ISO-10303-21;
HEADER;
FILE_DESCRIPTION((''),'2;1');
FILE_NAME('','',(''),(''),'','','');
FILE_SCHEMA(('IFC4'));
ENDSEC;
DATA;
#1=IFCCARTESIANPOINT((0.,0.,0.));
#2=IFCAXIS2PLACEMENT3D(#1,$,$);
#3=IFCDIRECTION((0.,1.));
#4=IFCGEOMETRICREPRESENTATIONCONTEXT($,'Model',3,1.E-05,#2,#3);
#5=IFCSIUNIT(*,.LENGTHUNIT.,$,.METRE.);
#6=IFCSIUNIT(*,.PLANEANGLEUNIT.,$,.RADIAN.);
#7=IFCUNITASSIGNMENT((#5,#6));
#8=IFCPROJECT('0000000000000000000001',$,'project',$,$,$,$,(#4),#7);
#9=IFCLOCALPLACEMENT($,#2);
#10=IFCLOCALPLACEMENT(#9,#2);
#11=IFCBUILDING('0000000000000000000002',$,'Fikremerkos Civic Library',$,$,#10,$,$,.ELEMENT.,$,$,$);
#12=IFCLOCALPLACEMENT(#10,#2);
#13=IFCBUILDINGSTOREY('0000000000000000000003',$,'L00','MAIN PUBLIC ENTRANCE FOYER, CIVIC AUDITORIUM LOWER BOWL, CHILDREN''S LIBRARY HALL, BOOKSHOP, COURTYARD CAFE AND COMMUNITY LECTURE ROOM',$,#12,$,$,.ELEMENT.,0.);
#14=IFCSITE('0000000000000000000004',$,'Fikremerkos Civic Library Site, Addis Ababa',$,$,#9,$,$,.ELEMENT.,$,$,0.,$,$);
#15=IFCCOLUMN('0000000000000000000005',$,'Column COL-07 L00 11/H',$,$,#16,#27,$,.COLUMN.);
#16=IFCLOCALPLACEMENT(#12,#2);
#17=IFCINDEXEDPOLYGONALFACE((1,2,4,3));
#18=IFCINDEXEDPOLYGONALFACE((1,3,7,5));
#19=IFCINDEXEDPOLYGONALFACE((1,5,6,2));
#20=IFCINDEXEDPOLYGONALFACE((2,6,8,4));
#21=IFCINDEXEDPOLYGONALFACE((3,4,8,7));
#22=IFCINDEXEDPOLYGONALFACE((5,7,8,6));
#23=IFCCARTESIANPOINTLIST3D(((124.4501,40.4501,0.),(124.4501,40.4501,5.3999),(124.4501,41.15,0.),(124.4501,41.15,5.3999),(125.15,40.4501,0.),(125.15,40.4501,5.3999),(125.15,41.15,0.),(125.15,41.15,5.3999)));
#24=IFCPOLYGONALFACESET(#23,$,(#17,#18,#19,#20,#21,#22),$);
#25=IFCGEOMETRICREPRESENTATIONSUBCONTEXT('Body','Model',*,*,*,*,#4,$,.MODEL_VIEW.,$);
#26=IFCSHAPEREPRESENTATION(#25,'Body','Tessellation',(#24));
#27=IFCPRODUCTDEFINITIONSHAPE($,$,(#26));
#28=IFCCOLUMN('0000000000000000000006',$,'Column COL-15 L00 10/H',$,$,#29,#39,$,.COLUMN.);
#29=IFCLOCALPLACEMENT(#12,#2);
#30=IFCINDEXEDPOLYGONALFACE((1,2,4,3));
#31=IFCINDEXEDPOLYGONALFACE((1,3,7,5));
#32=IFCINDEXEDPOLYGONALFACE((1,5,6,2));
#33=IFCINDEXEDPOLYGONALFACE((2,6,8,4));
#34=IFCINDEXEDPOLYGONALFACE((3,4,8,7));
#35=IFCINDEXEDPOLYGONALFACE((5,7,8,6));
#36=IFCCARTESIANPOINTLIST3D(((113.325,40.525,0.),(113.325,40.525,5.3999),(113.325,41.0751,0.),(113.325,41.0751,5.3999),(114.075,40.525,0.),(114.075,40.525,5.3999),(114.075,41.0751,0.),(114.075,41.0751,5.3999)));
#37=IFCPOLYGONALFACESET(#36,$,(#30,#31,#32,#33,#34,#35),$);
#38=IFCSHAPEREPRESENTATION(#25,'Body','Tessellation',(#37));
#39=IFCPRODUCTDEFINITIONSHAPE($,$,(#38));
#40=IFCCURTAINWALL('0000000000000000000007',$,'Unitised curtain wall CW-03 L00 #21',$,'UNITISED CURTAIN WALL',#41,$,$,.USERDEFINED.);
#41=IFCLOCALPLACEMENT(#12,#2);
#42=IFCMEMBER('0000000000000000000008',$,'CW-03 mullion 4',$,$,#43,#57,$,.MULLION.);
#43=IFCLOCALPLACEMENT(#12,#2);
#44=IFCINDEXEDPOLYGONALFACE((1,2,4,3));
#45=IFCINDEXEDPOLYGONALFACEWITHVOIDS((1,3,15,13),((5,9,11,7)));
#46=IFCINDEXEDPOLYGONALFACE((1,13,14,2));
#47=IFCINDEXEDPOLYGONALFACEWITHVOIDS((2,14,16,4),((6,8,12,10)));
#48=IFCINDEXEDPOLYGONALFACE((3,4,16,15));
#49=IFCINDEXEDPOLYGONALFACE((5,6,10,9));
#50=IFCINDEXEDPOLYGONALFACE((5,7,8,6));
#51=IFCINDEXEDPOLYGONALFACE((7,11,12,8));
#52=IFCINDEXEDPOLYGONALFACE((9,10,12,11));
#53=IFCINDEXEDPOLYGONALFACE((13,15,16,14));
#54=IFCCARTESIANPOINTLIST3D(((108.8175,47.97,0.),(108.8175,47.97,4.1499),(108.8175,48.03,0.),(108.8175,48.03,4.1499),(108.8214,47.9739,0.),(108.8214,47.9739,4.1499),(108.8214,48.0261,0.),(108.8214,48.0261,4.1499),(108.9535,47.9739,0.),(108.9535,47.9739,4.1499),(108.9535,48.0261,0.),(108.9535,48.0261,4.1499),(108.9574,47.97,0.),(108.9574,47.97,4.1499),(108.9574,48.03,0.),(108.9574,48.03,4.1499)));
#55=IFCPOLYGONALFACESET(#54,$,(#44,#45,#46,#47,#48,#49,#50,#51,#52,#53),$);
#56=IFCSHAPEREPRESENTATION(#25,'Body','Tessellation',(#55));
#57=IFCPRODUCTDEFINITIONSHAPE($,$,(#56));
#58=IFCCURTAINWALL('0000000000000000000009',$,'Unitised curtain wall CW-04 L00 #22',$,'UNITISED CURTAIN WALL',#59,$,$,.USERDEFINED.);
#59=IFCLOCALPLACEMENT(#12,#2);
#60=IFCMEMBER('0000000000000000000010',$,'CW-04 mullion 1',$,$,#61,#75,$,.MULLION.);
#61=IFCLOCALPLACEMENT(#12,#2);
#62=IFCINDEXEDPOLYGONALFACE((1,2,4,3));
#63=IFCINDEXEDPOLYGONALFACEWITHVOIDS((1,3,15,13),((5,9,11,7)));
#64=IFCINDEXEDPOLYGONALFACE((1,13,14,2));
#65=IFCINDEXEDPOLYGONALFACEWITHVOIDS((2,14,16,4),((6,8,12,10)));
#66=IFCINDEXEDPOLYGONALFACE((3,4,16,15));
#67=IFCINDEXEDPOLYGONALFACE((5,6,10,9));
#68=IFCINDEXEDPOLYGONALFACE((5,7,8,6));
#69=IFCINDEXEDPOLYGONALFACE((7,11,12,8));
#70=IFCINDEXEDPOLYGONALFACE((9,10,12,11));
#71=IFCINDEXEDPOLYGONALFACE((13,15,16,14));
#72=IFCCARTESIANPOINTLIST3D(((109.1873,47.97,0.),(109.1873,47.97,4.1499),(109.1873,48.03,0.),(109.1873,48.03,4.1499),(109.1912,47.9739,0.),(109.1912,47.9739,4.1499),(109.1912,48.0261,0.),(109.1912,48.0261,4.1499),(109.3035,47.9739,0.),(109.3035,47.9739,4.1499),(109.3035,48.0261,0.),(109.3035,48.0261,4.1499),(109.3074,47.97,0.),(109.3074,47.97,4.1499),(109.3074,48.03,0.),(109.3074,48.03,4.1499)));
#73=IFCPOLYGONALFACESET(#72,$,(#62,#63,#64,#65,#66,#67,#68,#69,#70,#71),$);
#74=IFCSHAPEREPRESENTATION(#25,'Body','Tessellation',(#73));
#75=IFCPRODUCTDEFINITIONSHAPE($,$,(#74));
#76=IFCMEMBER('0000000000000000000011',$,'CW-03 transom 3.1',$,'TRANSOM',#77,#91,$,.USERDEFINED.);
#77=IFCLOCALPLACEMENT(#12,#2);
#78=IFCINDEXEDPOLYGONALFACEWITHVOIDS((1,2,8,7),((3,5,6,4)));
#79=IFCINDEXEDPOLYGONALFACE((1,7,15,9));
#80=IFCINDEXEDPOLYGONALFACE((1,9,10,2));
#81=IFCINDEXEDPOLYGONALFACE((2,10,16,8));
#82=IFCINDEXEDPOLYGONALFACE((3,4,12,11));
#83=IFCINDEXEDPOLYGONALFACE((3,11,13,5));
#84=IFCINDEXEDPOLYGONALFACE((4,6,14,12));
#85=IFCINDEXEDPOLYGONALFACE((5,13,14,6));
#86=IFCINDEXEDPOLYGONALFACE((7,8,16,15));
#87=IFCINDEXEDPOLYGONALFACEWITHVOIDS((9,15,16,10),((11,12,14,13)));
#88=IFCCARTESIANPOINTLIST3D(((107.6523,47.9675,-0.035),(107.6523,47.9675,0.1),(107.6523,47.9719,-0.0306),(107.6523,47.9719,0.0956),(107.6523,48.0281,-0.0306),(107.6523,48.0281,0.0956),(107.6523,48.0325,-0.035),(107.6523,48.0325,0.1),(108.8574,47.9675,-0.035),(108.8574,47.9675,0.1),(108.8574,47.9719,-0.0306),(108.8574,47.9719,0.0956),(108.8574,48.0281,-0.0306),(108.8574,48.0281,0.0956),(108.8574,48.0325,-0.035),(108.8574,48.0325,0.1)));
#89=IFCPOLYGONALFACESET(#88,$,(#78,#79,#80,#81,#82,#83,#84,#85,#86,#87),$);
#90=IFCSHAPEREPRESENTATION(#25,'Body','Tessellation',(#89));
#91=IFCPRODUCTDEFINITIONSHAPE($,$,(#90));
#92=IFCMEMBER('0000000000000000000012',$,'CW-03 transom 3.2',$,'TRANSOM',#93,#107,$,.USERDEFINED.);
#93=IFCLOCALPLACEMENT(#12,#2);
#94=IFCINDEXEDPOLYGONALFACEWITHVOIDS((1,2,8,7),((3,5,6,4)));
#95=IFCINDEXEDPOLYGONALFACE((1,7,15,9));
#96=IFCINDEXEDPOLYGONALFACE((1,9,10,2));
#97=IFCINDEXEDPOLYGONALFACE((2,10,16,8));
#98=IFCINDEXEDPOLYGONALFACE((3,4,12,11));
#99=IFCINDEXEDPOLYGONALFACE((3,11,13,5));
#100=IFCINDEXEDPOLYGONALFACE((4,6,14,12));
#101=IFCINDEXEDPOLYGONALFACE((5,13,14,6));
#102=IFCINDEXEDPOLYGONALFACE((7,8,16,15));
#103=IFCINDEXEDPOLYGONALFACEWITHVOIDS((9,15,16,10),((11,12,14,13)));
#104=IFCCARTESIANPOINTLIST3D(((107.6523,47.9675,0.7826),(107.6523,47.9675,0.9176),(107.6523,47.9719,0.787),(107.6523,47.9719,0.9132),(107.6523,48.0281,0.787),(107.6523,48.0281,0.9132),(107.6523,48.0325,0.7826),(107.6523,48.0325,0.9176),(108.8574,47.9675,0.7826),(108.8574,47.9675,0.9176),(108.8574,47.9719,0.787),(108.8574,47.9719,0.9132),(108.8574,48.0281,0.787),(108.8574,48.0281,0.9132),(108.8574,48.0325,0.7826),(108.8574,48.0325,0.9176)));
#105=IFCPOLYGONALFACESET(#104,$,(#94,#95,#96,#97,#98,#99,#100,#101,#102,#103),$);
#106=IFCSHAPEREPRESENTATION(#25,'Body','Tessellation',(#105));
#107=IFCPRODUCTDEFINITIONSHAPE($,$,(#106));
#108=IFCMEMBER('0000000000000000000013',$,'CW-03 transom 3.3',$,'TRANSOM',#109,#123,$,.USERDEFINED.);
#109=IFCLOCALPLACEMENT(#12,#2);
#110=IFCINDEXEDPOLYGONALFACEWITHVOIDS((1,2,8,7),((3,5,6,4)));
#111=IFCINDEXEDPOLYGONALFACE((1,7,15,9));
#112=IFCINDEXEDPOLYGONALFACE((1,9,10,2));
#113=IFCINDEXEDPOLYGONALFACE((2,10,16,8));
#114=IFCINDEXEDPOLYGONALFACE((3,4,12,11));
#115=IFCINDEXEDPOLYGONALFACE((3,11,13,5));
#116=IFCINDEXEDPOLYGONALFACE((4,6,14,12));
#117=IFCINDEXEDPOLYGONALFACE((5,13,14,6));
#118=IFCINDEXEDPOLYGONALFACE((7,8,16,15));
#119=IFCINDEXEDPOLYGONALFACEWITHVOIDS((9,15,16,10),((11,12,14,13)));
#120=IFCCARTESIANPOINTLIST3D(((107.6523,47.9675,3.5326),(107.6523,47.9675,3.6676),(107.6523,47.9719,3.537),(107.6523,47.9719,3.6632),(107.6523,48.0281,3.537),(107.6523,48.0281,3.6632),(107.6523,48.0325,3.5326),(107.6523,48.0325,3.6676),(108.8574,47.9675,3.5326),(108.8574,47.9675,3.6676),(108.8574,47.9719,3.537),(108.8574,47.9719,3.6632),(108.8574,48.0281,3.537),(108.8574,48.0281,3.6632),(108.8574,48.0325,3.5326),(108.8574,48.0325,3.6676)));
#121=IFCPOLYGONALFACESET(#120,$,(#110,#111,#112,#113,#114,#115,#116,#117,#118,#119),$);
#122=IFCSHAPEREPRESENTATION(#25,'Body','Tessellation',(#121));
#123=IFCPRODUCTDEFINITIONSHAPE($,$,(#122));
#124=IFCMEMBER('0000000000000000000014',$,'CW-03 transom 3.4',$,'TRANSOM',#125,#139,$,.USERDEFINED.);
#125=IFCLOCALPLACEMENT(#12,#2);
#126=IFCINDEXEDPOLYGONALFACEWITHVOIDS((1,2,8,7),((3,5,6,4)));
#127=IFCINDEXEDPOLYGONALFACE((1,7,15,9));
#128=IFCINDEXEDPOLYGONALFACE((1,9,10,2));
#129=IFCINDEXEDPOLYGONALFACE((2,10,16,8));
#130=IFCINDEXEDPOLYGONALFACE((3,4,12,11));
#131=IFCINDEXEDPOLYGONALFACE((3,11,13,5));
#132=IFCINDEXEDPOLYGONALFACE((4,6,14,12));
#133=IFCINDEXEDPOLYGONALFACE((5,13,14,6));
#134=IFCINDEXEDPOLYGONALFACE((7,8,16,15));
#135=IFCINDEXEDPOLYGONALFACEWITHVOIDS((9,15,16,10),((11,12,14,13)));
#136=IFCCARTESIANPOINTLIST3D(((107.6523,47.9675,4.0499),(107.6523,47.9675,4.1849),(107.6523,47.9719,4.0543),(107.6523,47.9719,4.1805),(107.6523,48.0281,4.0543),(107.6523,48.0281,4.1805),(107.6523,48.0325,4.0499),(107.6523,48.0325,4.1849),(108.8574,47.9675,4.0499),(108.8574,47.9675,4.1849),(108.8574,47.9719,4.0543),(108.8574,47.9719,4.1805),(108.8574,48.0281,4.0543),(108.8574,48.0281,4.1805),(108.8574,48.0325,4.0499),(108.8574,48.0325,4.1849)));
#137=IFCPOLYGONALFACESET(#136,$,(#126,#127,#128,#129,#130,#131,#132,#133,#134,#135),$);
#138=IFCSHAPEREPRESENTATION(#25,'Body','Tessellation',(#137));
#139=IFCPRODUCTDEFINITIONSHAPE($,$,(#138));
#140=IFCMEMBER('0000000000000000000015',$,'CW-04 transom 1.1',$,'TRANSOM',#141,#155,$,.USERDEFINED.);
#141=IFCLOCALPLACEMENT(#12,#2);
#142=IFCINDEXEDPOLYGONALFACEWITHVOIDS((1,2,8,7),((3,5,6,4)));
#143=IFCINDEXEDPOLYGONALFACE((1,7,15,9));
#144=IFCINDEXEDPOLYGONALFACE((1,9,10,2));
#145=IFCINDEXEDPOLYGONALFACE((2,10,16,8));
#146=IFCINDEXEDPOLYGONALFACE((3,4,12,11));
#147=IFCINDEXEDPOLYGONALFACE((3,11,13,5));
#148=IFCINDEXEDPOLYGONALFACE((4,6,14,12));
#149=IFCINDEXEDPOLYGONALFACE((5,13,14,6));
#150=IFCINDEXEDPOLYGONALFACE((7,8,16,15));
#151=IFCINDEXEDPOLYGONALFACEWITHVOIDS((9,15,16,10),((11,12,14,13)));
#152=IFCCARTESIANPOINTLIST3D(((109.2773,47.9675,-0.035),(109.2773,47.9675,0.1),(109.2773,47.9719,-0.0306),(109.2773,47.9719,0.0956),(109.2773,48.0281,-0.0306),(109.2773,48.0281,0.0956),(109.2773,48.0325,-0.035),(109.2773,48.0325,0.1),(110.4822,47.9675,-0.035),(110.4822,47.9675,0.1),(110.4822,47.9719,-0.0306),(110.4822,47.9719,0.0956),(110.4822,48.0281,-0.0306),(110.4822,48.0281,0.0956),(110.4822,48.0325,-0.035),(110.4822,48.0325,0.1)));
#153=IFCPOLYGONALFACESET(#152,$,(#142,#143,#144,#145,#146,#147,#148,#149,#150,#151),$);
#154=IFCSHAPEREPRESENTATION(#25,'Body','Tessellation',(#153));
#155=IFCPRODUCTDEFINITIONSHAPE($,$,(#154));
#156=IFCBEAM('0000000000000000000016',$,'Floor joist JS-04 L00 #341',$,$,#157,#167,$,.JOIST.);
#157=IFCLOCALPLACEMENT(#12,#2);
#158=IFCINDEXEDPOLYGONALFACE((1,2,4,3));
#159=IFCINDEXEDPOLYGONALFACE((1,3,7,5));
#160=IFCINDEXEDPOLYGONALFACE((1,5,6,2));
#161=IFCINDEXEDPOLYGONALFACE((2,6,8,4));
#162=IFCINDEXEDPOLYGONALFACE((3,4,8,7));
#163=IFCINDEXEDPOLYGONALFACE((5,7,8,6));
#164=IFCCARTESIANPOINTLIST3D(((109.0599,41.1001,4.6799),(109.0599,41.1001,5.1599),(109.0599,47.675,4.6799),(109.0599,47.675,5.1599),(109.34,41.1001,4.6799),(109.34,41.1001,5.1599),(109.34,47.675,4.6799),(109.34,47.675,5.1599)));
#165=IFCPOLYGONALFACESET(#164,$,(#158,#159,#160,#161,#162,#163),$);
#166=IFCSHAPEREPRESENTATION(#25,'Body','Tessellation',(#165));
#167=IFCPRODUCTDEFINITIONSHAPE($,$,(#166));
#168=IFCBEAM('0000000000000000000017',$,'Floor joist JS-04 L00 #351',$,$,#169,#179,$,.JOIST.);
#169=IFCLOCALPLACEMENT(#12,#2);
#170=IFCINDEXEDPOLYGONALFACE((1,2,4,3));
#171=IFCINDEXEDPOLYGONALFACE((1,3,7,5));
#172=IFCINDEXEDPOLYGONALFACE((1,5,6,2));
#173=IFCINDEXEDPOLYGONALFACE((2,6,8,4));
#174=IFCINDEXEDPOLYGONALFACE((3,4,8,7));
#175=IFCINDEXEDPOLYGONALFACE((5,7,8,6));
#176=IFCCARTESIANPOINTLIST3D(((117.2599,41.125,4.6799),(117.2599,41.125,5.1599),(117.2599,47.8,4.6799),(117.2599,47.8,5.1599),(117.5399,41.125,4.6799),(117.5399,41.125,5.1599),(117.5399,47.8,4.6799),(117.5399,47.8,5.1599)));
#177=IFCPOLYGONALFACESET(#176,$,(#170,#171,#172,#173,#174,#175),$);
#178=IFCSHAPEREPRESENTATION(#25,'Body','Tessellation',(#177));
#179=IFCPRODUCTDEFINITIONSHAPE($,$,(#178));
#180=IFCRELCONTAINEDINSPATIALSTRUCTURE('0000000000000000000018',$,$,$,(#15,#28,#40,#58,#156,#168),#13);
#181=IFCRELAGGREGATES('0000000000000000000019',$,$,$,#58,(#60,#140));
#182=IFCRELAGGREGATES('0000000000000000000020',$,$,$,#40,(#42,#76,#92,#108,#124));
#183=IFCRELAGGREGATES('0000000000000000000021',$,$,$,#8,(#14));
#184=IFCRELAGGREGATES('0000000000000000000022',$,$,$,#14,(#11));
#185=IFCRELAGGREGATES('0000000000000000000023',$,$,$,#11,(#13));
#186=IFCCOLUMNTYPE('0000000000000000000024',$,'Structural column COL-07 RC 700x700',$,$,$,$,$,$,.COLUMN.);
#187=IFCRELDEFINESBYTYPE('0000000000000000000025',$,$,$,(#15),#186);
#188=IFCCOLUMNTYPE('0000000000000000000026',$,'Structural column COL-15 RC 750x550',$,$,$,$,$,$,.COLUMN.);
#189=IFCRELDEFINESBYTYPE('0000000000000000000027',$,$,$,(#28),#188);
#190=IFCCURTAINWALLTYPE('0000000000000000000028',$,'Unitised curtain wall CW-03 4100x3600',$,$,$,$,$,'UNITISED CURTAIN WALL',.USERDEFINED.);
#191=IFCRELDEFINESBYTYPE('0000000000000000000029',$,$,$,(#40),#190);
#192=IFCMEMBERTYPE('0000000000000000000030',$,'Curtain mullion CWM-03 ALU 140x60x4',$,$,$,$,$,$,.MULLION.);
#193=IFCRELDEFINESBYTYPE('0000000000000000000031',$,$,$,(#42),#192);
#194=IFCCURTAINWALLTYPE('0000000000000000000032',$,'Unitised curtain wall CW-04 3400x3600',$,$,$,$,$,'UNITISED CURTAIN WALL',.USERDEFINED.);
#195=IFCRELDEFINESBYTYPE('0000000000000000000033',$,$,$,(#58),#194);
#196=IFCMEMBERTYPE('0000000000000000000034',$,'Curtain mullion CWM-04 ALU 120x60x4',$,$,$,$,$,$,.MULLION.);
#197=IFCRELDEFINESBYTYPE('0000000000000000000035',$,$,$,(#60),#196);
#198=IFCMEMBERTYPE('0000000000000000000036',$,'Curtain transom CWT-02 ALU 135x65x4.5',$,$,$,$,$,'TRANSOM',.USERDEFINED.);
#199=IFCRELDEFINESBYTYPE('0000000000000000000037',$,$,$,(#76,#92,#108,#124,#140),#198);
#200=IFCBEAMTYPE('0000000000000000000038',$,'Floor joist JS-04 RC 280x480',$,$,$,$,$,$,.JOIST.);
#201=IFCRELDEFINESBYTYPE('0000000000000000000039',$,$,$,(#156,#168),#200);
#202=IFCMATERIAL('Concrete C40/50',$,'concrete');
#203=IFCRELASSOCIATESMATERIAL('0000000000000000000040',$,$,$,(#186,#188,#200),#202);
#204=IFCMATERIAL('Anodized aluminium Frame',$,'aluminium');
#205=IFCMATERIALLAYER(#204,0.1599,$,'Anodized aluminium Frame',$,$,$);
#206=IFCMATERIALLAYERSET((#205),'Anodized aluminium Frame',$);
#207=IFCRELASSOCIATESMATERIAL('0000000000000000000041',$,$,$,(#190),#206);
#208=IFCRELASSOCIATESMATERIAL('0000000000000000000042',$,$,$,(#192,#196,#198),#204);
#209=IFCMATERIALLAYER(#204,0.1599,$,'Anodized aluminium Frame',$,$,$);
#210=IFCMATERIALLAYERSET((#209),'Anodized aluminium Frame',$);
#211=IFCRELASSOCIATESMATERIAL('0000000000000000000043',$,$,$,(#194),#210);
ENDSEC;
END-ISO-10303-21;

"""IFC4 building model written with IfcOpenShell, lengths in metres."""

from ifc_helpers import new_model, si_unit, direction, frame, origin, origin_2d, place, context, subcontext, project, spatial, rectangle, hollow_rectangle, extrude, material, layer, layer_set, material_profile, profile_set, type_object, element, aggregate, save


model = new_model("IFC4")

# Units and contexts
model_context = context("Model", 3, precision=1e-05, world=origin(), true_north=direction((0.0, 1.0)))
body_context = subcontext(model_context, "Body", "Model", "MODEL_VIEW")
ifc_project = project(units=[si_unit("LENGTHUNIT", "METRE"), si_unit("PLANEANGLEUNIT", "RADIAN")], contexts=[model_context])

# Site, building, storey
site_placement = place(None, origin())
site = spatial("IfcSite", under=ifc_project, at=site_placement, Name="Fikremerkos Civic Library Site, Addis Ababa", CompositionType="ELEMENT", RefElevation=0.0)
building_placement = place(site_placement, origin())
building = spatial("IfcBuilding", under=site, at=building_placement, Name="Fikremerkos Civic Library", CompositionType="ELEMENT")
storey_placement = place(building_placement, origin())
storey = spatial("IfcBuildingStorey", under=building, at=storey_placement, Name="L00", Description="MAIN PUBLIC ENTRANCE FOYER, CIVIC AUDITORIUM LOWER BOWL, CHILDREN'S LIBRARY HALL, BOOKSHOP, COURTYARD CAFE AND COMMUNITY LECTURE ROOM", CompositionType="ELEMENT", Elevation=0.0)

# Columns
ifc_material_1 = material(Name="Concrete C40/50", Category="concrete")
ifc_material_profile_1 = material_profile(ifc_material_1, rectangle(XDim=0.7, YDim=0.7, at=origin_2d()), Name="RC 700x700")
ifc_profile_set_1 = profile_set([ifc_material_profile_1], Name="Concrete C40/50")
column_type_1 = type_object("IfcColumnType", Name="Structural column COL-07 RC 700x700", PredefinedType="COLUMN", material=ifc_profile_set_1)
column_1_placement = place(storey_placement, frame((124.8, 40.8, 0.0), z_axis=(0.0, 0.0, 1.0), x_axis=(1.0, 0.0, 0.0)))
element("IfcColumn", 1, at=column_1_placement, inside=storey, type_object=column_type_1, Name="Column COL-07 L00 11/H", PredefinedType="COLUMN", context=body_context, shape_type="SweptSolid", body=[
    extrude(rectangle(XDim=0.7, YDim=0.7, at=origin_2d()), origin(), (0.0, 0.0, 1.0), 5.3999),
])
ifc_material_profile_2 = material_profile(ifc_material_1, rectangle(XDim=0.75, YDim=0.55, at=origin_2d()), Name="RC 750x550")
ifc_profile_set_2 = profile_set([ifc_material_profile_2], Name="Concrete C40/50")
column_type_2 = type_object("IfcColumnType", Name="Structural column COL-15 RC 750x550", PredefinedType="COLUMN", material=ifc_profile_set_2)
column_2_placement = place(storey_placement, frame((113.7, 40.8, 0.0), z_axis=(0.0, 0.0, 1.0), x_axis=(1.0, 0.0, 0.0)))
element("IfcColumn", 2, at=column_2_placement, inside=storey, type_object=column_type_2, Name="Column COL-15 L00 10/H", PredefinedType="COLUMN", context=body_context, shape_type="SweptSolid", body=[
    extrude(rectangle(XDim=0.75, YDim=0.55, at=origin_2d()), origin(), (0.0, 0.0, 1.0), 5.3999),
])

# Curtain walls, members
ifc_material_2 = material(Name="Anodized aluminium Frame", Category="aluminium")
ifc_layer_1 = layer(ifc_material_2, 0.1599, Name="Anodized aluminium Frame")
ifc_layer_set_1 = layer_set([ifc_layer_1], Name="Anodized aluminium Frame")
curtain_wall_type_1 = type_object("IfcCurtainWallType", Name="Unitised curtain wall CW-03 4100x3600", ElementType="UNITISED CURTAIN WALL", PredefinedType="USERDEFINED", material=ifc_layer_set_1)
curtain_wall_1_placement = place(storey_placement, origin())
curtain_wall_1 = element("IfcCurtainWall", 3, at=curtain_wall_1_placement, inside=storey, type_object=curtain_wall_type_1, Name="Unitised curtain wall CW-03 L00 #21", ObjectType="UNITISED CURTAIN WALL", PredefinedType="USERDEFINED")
ifc_material_profile_3 = material_profile(ifc_material_2, hollow_rectangle(XDim=0.0601, YDim=0.1399, WallThickness=0.0039, at=origin_2d()), Name="ALU 140x60x4")
ifc_profile_set_3 = profile_set([ifc_material_profile_3], Name="Anodized aluminium Frame")
member_type_1 = type_object("IfcMemberType", Name="Curtain mullion CWM-03 ALU 140x60x4", PredefinedType="MULLION", material=ifc_profile_set_3)
member_1_placement = place(storey_placement, frame((108.8875, 48.0, 0.0), z_axis=(0.0, 0.0, 1.0), x_axis=(0.0, 1.0, 0.0)))
member_1 = element("IfcMember", 4, at=member_1_placement, type_object=member_type_1, Name="CW-03 mullion 4", PredefinedType="MULLION", context=body_context, shape_type="SweptSolid", body=[
    extrude(hollow_rectangle(XDim=0.0601, YDim=0.1399, WallThickness=0.0039, at=origin_2d()), origin(), (0.0, 0.0, 1.0), 4.1499),
])
ifc_layer_2 = layer(ifc_material_2, 0.1599, Name="Anodized aluminium Frame")
ifc_layer_set_2 = layer_set([ifc_layer_2], Name="Anodized aluminium Frame")
curtain_wall_type_2 = type_object("IfcCurtainWallType", Name="Unitised curtain wall CW-04 3400x3600", ElementType="UNITISED CURTAIN WALL", PredefinedType="USERDEFINED", material=ifc_layer_set_2)
curtain_wall_2_placement = place(storey_placement, origin())
curtain_wall_2 = element("IfcCurtainWall", 5, at=curtain_wall_2_placement, inside=storey, type_object=curtain_wall_type_2, Name="Unitised curtain wall CW-04 L00 #22", ObjectType="UNITISED CURTAIN WALL", PredefinedType="USERDEFINED")
ifc_material_profile_4 = material_profile(ifc_material_2, hollow_rectangle(XDim=0.0601, YDim=0.1201, WallThickness=0.0039, at=origin_2d()), Name="ALU 120x60x4")
ifc_profile_set_4 = profile_set([ifc_material_profile_4], Name="Anodized aluminium Frame")
member_type_2 = type_object("IfcMemberType", Name="Curtain mullion CWM-04 ALU 120x60x4", PredefinedType="MULLION", material=ifc_profile_set_4)
member_2_placement = place(storey_placement, frame((109.2473, 48.0, 0.0), z_axis=(0.0, 0.0, 1.0), x_axis=(0.0, 1.0, 0.0)))
member_2 = element("IfcMember", 6, at=member_2_placement, type_object=member_type_2, Name="CW-04 mullion 1", PredefinedType="MULLION", context=body_context, shape_type="SweptSolid", body=[
    extrude(hollow_rectangle(XDim=0.0601, YDim=0.1201, WallThickness=0.0039, at=origin_2d()), origin(), (0.0, 0.0, 1.0), 4.1499),
])

# Members
ifc_material_profile_5 = material_profile(ifc_material_2, hollow_rectangle(XDim=0.0649, YDim=0.135, WallThickness=0.0044, at=origin_2d()), Name="ALU 135x65x4.5")
ifc_profile_set_5 = profile_set([ifc_material_profile_5], Name="Anodized aluminium Frame")
member_type_3 = type_object("IfcMemberType", Name="Curtain transom CWT-02 ALU 135x65x4.5", ElementType="TRANSOM", PredefinedType="USERDEFINED", material=ifc_profile_set_5)
member_3_placement = place(storey_placement, frame((107.6523, 48.0, 0.0325), z_axis=(1.0, 0.0, 0.0), x_axis=(0.0, 1.0, 0.0)))
member_3 = element("IfcMember", 7, at=member_3_placement, type_object=member_type_3, Name="CW-03 transom 3.1", ObjectType="TRANSOM", PredefinedType="USERDEFINED", context=body_context, shape_type="SweptSolid", body=[
    extrude(hollow_rectangle(XDim=0.0649, YDim=0.135, WallThickness=0.0044, at=origin_2d()), origin(), (0.0, 0.0, 1.0), 1.2051),
])
member_4_placement = place(storey_placement, frame((107.6523, 48.0, 0.8501), z_axis=(1.0, 0.0, 0.0), x_axis=(0.0, 1.0, 0.0)))
member_4 = element("IfcMember", 8, at=member_4_placement, type_object=member_type_3, Name="CW-03 transom 3.2", ObjectType="TRANSOM", PredefinedType="USERDEFINED", context=body_context, shape_type="SweptSolid", body=[
    extrude(hollow_rectangle(XDim=0.0649, YDim=0.135, WallThickness=0.0044, at=origin_2d()), origin(), (0.0, 0.0, 1.0), 1.2051),
])
member_5_placement = place(storey_placement, frame((107.6523, 48.0, 3.6001), z_axis=(1.0, 0.0, 0.0), x_axis=(0.0, 1.0, 0.0)))
member_5 = element("IfcMember", 9, at=member_5_placement, type_object=member_type_3, Name="CW-03 transom 3.3", ObjectType="TRANSOM", PredefinedType="USERDEFINED", context=body_context, shape_type="SweptSolid", body=[
    extrude(hollow_rectangle(XDim=0.0649, YDim=0.135, WallThickness=0.0044, at=origin_2d()), origin(), (0.0, 0.0, 1.0), 1.2051),
])
member_6_placement = place(storey_placement, frame((107.6523, 48.0, 4.1174), z_axis=(1.0, 0.0, 0.0), x_axis=(0.0, 1.0, 0.0)))
member_6 = element("IfcMember", 10, at=member_6_placement, type_object=member_type_3, Name="CW-03 transom 3.4", ObjectType="TRANSOM", PredefinedType="USERDEFINED", context=body_context, shape_type="SweptSolid", body=[
    extrude(hollow_rectangle(XDim=0.0649, YDim=0.135, WallThickness=0.0044, at=origin_2d()), origin(), (0.0, 0.0, 1.0), 1.2051),
])
member_7_placement = place(storey_placement, frame((109.2773, 48.0, 0.0325), z_axis=(1.0, 0.0, 0.0), x_axis=(0.0, 1.0, 0.0)))
member_7 = element("IfcMember", 11, at=member_7_placement, type_object=member_type_3, Name="CW-04 transom 1.1", ObjectType="TRANSOM", PredefinedType="USERDEFINED", context=body_context, shape_type="SweptSolid", body=[
    extrude(hollow_rectangle(XDim=0.0649, YDim=0.135, WallThickness=0.0044, at=origin_2d()), origin(), (0.0, 0.0, 1.0), 1.2048),
])
aggregate(curtain_wall_2, [member_2, member_7])

# Beams
ifc_material_profile_6 = material_profile(ifc_material_1, rectangle(XDim=0.28, YDim=0.48, at=origin_2d()), Name="RC 280x480")
ifc_profile_set_6 = profile_set([ifc_material_profile_6], Name="Concrete C40/50")
beam_type_1 = type_object("IfcBeamType", Name="Floor joist JS-04 RC 280x480", PredefinedType="JOIST", material=ifc_profile_set_6)
beam_1_placement = place(storey_placement, frame((109.2, 41.1001, 4.9199), z_axis=(0.0, 1.0, 0.0), x_axis=(-1.0, 0.0, 0.0)))
element("IfcBeam", 12, at=beam_1_placement, inside=storey, type_object=beam_type_1, Name="Floor joist JS-04 L00 #341", PredefinedType="JOIST", context=body_context, shape_type="SweptSolid", body=[
    extrude(rectangle(XDim=0.28, YDim=0.48, at=origin_2d()), origin(), (0.0, 0.0, 1.0), 6.575),
])
for number, where, z_axis, x_axis, name in (
    (13, (117.3999, 41.125, 4.9199), (0.0, 1.0, 0.0), (-1.0, 0.0, 0.0), "Floor joist JS-04 L00 #351"),
):
    element("IfcBeam", number, at=place(storey_placement, frame(where, z_axis=z_axis, x_axis=x_axis)), inside=storey, type_object=beam_type_1, Name=name, PredefinedType="JOIST", context=body_context, shape_type="SweptSolid", body=[
        extrude(rectangle(XDim=0.28, YDim=0.48, at=origin_2d()), origin(), (0.0, 0.0, 1.0), 6.675),
    ])

aggregate(curtain_wall_1, [member_1, member_3, member_4, member_5, member_6])

save(model, "model.ifc")
